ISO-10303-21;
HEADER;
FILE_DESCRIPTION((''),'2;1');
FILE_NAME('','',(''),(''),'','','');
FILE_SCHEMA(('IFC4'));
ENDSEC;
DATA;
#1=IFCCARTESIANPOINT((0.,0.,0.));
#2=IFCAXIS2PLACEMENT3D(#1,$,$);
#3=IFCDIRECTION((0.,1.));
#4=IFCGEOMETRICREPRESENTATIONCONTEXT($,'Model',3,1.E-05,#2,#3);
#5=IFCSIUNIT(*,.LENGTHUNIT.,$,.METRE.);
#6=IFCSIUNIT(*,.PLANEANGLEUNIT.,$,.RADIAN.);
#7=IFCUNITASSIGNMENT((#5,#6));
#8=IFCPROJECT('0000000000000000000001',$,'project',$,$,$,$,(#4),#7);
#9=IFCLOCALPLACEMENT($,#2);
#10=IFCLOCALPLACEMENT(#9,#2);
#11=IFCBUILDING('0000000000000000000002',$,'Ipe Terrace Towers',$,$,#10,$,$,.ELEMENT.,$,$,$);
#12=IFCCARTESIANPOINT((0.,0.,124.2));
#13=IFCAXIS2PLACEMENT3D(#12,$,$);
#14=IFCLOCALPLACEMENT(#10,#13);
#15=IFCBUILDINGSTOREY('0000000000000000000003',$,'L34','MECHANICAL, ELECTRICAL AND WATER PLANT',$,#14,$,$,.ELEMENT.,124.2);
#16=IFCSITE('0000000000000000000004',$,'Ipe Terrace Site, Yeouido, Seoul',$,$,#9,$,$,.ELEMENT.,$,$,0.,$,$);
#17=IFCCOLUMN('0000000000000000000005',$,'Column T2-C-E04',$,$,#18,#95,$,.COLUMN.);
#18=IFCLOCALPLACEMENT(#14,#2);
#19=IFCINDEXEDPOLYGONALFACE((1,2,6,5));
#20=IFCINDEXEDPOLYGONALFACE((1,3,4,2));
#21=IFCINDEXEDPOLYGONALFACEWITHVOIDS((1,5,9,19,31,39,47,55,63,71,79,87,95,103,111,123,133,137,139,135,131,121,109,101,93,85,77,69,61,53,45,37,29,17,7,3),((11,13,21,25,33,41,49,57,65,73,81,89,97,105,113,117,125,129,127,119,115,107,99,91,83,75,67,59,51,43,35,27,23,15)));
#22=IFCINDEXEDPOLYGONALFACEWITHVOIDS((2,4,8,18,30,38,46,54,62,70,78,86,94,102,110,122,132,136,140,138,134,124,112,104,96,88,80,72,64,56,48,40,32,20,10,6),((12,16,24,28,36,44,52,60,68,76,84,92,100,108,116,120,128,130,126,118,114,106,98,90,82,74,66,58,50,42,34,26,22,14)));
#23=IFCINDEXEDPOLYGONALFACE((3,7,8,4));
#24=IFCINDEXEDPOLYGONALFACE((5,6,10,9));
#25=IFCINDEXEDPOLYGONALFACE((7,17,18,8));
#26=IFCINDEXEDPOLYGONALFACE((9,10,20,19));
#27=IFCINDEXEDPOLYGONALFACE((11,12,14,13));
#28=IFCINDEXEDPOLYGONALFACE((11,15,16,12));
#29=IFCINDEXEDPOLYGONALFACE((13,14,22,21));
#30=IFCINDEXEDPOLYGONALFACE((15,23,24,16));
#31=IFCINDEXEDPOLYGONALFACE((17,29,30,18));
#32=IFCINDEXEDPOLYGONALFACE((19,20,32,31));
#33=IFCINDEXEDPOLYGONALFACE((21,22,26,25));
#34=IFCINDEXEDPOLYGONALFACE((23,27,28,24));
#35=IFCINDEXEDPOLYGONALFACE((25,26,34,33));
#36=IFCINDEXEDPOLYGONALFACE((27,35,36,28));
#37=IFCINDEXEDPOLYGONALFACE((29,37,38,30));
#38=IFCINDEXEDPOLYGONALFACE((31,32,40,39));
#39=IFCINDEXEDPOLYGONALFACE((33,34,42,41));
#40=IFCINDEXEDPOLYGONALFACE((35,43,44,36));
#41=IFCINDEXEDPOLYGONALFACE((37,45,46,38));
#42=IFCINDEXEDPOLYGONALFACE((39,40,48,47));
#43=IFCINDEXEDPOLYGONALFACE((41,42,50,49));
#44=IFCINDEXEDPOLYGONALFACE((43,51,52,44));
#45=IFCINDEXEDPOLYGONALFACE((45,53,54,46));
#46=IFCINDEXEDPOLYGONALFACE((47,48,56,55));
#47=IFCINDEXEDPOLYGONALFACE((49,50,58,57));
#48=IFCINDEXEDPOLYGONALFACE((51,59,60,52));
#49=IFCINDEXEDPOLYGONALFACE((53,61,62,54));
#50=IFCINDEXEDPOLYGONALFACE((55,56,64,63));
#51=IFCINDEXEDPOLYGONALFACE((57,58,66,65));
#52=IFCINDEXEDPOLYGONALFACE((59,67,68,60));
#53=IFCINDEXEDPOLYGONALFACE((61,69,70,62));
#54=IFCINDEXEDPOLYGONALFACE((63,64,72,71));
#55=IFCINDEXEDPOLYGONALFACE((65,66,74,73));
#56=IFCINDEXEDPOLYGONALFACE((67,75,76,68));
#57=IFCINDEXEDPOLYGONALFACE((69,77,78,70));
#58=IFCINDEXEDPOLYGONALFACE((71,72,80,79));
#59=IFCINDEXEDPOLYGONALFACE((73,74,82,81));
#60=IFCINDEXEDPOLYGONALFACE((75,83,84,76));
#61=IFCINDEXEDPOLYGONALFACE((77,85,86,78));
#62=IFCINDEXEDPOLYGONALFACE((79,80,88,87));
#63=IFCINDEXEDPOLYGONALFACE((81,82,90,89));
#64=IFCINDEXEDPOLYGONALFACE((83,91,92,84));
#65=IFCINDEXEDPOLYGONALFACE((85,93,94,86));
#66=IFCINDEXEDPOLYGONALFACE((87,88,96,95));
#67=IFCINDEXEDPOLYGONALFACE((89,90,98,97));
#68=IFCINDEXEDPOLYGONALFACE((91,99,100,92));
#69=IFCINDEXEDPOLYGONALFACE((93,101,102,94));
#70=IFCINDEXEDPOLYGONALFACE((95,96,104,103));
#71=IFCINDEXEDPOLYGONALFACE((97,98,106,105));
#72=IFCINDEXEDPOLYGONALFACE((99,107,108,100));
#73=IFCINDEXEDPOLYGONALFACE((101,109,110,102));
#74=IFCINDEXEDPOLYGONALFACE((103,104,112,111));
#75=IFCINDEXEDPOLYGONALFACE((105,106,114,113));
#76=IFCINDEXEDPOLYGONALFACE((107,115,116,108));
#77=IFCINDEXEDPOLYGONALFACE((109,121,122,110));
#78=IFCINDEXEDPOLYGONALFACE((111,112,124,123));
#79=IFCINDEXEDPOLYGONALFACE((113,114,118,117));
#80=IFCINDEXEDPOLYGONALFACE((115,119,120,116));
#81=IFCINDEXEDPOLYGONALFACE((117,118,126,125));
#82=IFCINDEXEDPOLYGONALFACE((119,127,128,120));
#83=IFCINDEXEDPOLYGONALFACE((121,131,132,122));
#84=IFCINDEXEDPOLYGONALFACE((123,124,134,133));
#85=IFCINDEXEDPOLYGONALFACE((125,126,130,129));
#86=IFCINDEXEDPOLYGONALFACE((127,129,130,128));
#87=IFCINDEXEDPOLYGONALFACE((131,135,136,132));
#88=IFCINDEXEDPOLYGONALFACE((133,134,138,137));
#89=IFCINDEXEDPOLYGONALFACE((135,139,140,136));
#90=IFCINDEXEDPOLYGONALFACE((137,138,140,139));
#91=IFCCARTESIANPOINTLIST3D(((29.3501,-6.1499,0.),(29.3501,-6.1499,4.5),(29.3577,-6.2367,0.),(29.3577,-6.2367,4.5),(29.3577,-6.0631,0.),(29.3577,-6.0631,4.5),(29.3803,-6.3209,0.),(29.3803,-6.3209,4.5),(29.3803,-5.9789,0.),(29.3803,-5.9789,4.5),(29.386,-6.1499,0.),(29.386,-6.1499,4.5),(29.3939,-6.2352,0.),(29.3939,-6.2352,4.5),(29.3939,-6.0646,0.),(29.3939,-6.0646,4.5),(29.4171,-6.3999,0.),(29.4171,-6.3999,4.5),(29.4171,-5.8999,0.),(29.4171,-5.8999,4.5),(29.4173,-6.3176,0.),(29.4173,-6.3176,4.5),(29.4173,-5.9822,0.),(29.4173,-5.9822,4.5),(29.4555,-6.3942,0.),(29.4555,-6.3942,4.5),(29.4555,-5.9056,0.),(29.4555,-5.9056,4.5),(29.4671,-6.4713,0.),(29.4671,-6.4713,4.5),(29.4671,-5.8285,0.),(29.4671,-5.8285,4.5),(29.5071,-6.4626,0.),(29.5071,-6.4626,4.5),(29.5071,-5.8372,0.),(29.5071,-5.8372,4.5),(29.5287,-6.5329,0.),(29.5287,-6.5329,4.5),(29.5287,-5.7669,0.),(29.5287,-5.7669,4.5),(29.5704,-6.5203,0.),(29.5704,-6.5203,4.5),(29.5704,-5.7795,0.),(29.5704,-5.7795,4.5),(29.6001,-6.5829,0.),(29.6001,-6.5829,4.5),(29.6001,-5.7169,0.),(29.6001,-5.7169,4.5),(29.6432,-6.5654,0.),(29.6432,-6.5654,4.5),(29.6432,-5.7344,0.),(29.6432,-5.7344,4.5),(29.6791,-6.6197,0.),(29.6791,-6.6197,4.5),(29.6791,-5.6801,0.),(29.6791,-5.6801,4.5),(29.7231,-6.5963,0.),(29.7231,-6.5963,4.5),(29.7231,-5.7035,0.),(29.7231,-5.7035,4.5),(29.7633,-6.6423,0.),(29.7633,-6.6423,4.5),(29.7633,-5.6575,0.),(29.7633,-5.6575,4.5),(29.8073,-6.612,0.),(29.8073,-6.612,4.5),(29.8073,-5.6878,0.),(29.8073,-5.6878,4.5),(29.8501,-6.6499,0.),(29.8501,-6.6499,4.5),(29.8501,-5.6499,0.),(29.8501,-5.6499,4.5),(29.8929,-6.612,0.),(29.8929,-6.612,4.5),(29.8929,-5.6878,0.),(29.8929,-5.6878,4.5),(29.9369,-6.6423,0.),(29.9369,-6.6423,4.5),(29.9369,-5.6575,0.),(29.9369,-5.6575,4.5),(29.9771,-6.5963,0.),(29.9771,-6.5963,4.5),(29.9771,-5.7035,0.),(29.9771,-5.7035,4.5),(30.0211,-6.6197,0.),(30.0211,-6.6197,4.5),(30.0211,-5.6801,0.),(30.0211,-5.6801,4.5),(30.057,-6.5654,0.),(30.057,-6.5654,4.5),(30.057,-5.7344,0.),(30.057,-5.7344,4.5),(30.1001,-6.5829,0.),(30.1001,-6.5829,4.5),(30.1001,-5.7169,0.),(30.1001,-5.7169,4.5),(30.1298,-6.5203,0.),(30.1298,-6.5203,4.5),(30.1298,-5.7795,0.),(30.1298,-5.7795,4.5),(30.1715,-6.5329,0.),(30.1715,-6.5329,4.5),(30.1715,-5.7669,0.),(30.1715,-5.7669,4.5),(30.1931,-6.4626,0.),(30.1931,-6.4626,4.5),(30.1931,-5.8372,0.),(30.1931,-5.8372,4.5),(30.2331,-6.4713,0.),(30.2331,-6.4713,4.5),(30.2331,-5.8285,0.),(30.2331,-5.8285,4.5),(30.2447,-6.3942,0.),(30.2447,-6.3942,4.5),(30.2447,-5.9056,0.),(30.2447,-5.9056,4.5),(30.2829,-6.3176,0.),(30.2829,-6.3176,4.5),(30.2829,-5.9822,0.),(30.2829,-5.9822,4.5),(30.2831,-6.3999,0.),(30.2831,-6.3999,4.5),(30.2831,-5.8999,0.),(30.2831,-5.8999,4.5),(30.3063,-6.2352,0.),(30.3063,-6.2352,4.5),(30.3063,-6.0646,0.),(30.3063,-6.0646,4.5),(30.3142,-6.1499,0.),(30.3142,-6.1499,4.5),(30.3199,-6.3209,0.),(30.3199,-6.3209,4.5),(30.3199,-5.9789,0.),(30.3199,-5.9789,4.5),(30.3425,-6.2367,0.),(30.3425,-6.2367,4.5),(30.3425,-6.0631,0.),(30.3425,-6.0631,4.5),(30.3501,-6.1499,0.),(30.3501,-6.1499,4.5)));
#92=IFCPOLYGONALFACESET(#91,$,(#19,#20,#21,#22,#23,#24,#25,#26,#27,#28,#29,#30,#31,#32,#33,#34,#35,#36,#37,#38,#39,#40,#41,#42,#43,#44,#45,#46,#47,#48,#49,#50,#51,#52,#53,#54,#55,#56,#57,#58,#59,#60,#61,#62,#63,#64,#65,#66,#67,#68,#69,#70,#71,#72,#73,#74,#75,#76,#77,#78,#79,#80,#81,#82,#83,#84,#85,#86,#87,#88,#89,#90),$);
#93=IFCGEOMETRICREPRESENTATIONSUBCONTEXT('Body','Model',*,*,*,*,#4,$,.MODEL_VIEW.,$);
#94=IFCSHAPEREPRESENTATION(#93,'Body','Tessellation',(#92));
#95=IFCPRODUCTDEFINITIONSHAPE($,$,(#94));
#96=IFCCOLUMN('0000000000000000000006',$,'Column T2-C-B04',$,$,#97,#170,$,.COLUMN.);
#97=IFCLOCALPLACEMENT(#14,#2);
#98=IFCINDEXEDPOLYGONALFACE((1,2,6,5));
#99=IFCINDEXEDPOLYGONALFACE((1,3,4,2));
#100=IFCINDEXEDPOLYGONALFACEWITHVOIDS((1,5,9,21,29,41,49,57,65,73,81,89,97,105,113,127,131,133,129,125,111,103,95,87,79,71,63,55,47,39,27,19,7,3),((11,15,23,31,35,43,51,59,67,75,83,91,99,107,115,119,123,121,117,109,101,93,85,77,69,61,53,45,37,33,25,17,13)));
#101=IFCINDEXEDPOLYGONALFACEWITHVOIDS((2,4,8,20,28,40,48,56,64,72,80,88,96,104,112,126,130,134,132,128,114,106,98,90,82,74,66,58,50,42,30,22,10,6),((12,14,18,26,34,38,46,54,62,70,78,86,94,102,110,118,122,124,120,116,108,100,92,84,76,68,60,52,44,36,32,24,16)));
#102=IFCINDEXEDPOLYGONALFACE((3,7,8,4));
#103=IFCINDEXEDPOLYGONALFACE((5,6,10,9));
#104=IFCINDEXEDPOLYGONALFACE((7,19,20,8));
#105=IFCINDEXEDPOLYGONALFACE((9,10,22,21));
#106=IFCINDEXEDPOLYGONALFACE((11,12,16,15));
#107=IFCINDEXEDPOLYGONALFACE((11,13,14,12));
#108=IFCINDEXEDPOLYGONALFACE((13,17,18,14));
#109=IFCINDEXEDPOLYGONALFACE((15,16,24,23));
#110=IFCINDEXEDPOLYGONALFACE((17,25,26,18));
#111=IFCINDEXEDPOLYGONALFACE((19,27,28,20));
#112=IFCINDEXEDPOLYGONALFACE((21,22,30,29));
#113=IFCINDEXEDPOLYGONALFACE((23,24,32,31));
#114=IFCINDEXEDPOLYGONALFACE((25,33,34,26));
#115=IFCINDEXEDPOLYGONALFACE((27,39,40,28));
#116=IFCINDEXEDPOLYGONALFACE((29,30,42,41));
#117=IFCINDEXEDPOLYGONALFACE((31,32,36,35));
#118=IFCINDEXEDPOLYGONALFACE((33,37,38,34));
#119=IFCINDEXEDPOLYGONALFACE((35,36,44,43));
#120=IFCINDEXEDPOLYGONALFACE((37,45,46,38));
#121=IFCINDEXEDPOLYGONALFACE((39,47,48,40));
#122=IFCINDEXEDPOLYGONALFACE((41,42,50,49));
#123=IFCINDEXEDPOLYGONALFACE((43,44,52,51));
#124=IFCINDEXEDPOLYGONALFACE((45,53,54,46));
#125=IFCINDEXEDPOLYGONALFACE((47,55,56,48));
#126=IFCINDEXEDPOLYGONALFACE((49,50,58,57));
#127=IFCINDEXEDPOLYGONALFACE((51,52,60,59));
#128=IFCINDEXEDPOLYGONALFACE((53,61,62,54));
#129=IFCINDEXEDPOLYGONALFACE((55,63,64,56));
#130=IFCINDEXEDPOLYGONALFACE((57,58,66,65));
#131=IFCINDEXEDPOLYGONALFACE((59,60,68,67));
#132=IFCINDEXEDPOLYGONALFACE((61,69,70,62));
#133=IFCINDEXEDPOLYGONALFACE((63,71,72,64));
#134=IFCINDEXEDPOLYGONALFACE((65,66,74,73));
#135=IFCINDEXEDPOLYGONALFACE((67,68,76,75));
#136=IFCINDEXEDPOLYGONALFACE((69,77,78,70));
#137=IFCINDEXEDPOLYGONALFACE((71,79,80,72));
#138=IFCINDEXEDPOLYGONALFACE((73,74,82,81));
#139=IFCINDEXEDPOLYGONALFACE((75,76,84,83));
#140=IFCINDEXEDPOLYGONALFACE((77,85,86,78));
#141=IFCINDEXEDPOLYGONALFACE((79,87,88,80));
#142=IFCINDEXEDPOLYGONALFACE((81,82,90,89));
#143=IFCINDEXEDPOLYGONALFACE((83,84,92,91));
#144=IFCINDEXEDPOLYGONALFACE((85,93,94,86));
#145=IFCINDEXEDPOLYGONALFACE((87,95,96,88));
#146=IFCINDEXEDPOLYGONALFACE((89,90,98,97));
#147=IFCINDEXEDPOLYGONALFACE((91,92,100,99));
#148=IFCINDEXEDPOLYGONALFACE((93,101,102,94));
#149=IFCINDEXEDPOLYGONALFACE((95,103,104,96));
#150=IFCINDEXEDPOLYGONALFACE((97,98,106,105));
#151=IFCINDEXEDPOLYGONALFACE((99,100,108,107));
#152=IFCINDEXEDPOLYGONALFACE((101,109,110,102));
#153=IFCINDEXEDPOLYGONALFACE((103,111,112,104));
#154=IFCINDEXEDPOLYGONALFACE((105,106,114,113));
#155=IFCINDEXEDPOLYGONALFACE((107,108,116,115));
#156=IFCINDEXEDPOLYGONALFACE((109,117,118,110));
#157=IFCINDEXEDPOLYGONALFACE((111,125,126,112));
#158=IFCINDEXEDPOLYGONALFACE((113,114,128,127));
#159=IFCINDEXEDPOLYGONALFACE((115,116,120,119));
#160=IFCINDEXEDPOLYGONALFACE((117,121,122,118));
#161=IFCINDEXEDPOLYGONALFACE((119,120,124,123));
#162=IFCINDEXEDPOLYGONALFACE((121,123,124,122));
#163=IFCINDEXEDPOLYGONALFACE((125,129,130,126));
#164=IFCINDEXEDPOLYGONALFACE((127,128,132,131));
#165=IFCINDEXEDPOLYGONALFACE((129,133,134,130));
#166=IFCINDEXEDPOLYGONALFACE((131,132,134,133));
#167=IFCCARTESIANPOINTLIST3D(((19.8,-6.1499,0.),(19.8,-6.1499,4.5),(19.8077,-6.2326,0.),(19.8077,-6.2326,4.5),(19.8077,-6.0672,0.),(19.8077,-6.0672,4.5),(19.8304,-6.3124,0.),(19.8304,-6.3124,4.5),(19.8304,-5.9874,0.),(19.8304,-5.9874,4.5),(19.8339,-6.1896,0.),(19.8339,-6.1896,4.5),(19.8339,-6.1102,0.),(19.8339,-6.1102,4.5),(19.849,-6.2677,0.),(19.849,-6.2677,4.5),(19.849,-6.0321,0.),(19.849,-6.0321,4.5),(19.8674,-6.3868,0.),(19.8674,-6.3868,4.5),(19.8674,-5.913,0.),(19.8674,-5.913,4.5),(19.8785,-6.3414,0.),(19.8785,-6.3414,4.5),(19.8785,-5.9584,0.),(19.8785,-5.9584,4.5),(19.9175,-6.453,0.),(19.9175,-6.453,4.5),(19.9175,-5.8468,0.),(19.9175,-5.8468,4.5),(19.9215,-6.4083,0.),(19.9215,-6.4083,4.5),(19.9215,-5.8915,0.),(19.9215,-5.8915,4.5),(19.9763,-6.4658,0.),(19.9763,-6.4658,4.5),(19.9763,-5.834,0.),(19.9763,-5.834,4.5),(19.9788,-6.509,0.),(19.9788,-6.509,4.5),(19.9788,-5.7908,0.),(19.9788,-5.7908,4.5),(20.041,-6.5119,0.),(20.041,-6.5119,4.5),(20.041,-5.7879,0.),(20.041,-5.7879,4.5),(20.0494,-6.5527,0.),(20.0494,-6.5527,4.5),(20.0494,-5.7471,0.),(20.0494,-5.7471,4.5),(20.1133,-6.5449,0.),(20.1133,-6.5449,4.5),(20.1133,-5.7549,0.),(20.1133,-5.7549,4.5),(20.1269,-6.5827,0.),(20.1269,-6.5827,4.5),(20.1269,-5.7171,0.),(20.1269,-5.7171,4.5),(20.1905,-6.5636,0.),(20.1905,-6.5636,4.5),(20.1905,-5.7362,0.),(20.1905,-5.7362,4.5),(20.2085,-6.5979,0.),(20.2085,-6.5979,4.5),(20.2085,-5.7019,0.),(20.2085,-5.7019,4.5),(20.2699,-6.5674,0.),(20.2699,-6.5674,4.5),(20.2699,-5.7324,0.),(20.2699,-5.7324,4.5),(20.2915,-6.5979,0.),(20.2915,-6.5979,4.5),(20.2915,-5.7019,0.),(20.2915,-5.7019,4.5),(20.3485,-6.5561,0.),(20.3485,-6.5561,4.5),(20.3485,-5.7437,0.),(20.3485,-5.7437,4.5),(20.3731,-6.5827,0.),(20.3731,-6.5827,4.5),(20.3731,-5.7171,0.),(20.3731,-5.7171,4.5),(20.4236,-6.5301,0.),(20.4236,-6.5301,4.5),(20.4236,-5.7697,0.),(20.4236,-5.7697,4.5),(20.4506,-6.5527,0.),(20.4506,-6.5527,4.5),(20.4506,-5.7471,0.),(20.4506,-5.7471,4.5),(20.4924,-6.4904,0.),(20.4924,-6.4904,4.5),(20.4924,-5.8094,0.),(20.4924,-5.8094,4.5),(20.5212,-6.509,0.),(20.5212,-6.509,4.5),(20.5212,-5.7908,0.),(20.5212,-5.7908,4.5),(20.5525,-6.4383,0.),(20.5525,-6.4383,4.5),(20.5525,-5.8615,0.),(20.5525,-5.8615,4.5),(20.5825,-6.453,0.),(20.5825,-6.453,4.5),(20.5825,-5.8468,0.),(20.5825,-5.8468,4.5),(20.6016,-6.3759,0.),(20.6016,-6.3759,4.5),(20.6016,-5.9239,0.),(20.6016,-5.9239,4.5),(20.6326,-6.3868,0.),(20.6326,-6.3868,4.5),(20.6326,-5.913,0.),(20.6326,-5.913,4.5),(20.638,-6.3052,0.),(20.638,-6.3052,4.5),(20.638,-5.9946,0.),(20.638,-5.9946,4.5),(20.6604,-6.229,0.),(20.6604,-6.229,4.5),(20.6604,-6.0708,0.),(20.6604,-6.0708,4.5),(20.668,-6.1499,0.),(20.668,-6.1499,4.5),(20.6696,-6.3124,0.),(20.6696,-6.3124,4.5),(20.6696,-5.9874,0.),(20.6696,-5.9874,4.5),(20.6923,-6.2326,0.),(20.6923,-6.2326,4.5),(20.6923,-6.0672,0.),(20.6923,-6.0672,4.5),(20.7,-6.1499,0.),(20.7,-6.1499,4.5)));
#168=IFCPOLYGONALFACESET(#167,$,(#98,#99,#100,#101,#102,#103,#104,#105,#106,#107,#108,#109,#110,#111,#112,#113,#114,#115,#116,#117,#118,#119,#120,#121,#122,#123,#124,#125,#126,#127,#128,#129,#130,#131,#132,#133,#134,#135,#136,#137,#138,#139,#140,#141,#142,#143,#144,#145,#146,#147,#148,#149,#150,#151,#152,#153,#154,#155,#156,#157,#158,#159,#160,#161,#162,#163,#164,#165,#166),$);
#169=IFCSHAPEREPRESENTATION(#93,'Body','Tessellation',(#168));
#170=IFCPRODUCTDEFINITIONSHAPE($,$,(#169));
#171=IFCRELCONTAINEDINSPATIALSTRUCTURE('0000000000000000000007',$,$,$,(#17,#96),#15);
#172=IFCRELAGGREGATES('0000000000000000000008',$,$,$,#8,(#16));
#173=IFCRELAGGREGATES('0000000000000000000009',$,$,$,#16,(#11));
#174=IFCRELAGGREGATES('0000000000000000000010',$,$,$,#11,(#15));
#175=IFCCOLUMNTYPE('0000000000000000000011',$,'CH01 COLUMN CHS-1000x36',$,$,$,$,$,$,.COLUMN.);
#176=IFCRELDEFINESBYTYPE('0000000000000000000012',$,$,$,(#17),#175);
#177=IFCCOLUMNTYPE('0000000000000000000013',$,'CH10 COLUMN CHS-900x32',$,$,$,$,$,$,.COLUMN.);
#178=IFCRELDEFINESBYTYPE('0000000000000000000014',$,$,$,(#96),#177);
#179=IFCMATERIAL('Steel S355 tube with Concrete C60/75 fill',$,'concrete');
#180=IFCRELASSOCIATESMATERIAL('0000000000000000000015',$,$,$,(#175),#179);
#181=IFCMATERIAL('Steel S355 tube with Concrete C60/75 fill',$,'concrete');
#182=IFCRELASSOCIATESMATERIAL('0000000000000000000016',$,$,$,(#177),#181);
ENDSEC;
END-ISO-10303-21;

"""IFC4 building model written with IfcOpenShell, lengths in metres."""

from ifc_helpers import new_model, si_unit, direction, frame, origin, origin_2d, place, context, subcontext, project, spatial, hollow_circle, extrude, material, material_profile, profile_set, type_object, element, save


model = new_model("IFC4")

# Units and contexts
model_context = context("Model", 3, precision=1e-05, world=origin(), true_north=direction((0.0, 1.0)))
body_context = subcontext(model_context, "Body", "Model", "MODEL_VIEW")
ifc_project = project(units=[si_unit("LENGTHUNIT", "METRE"), si_unit("PLANEANGLEUNIT", "RADIAN")], contexts=[model_context])

# Site, building, storey
site_placement = place(None, origin())
site = spatial("IfcSite", under=ifc_project, at=site_placement, Name="Ipe Terrace Site, Yeouido, Seoul", CompositionType="ELEMENT", RefElevation=0.0)
building_placement = place(site_placement, origin())
building = spatial("IfcBuilding", under=site, at=building_placement, Name="Ipe Terrace Towers", CompositionType="ELEMENT")
storey_placement = place(building_placement, frame((0.0, 0.0, 124.2)))
storey = spatial("IfcBuildingStorey", under=building, at=storey_placement, Name="L34", Description="MECHANICAL, ELECTRICAL AND WATER PLANT", CompositionType="ELEMENT", Elevation=124.2)

# Columns
ifc_material_1 = material(Name="Steel S355 tube with Concrete C60/75 fill", Category="concrete")
ifc_material_profile_1 = material_profile(ifc_material_1, hollow_circle(Radius=0.5, WallThickness=0.0359, at=origin_2d()), Name="CHS-1000x36")
ifc_profile_set_1 = profile_set([ifc_material_profile_1], Name="Steel S355 tube with Concrete C60/75 fill")
column_type_1 = type_object("IfcColumnType", Name="CH01 COLUMN CHS-1000x36", PredefinedType="COLUMN", material=ifc_profile_set_1)
column_placement = place(storey_placement, frame((29.8501, -6.1499, 0.0), z_axis=(0.0, 0.0, 1.0), x_axis=(1.0, 0.0, 0.0)))
element("IfcColumn", 1, at=column_placement, inside=storey, type_object=column_type_1, Name="Column T2-C-E04", PredefinedType="COLUMN", context=body_context, shape_type="SweptSolid", body=[
    extrude(hollow_circle(Radius=0.5, WallThickness=0.0359, at=origin_2d()), origin(), (0.0, 0.0, 1.0), 4.5),
])
ifc_material_2 = material(Name="Steel S355 tube with Concrete C60/75 fill", Category="concrete")
ifc_material_profile_2 = material_profile(ifc_material_2, hollow_circle(Radius=0.45, WallThickness=0.032, at=origin_2d()), Name="CHS-900x32")
ifc_profile_set_2 = profile_set([ifc_material_profile_2], Name="Steel S355 tube with Concrete C60/75 fill")
column_type_2 = type_object("IfcColumnType", Name="CH10 COLUMN CHS-900x32", PredefinedType="COLUMN", material=ifc_profile_set_2)
for number, where, z_axis, x_axis, name in (
    (2, (20.25, -6.1499, 0.0), (0.0, 0.0, 1.0), (1.0, 0.0, 0.0), "Column T2-C-B04"),
):
    element("IfcColumn", number, at=place(storey_placement, frame(where, z_axis=z_axis, x_axis=x_axis)), inside=storey, type_object=column_type_2, Name=name, PredefinedType="COLUMN", context=body_context, shape_type="SweptSolid", body=[
        extrude(hollow_circle(Radius=0.45, WallThickness=0.032, at=origin_2d()), origin(), (0.0, 0.0, 1.0), 4.5),
    ])

save(model, "model.ifc")
